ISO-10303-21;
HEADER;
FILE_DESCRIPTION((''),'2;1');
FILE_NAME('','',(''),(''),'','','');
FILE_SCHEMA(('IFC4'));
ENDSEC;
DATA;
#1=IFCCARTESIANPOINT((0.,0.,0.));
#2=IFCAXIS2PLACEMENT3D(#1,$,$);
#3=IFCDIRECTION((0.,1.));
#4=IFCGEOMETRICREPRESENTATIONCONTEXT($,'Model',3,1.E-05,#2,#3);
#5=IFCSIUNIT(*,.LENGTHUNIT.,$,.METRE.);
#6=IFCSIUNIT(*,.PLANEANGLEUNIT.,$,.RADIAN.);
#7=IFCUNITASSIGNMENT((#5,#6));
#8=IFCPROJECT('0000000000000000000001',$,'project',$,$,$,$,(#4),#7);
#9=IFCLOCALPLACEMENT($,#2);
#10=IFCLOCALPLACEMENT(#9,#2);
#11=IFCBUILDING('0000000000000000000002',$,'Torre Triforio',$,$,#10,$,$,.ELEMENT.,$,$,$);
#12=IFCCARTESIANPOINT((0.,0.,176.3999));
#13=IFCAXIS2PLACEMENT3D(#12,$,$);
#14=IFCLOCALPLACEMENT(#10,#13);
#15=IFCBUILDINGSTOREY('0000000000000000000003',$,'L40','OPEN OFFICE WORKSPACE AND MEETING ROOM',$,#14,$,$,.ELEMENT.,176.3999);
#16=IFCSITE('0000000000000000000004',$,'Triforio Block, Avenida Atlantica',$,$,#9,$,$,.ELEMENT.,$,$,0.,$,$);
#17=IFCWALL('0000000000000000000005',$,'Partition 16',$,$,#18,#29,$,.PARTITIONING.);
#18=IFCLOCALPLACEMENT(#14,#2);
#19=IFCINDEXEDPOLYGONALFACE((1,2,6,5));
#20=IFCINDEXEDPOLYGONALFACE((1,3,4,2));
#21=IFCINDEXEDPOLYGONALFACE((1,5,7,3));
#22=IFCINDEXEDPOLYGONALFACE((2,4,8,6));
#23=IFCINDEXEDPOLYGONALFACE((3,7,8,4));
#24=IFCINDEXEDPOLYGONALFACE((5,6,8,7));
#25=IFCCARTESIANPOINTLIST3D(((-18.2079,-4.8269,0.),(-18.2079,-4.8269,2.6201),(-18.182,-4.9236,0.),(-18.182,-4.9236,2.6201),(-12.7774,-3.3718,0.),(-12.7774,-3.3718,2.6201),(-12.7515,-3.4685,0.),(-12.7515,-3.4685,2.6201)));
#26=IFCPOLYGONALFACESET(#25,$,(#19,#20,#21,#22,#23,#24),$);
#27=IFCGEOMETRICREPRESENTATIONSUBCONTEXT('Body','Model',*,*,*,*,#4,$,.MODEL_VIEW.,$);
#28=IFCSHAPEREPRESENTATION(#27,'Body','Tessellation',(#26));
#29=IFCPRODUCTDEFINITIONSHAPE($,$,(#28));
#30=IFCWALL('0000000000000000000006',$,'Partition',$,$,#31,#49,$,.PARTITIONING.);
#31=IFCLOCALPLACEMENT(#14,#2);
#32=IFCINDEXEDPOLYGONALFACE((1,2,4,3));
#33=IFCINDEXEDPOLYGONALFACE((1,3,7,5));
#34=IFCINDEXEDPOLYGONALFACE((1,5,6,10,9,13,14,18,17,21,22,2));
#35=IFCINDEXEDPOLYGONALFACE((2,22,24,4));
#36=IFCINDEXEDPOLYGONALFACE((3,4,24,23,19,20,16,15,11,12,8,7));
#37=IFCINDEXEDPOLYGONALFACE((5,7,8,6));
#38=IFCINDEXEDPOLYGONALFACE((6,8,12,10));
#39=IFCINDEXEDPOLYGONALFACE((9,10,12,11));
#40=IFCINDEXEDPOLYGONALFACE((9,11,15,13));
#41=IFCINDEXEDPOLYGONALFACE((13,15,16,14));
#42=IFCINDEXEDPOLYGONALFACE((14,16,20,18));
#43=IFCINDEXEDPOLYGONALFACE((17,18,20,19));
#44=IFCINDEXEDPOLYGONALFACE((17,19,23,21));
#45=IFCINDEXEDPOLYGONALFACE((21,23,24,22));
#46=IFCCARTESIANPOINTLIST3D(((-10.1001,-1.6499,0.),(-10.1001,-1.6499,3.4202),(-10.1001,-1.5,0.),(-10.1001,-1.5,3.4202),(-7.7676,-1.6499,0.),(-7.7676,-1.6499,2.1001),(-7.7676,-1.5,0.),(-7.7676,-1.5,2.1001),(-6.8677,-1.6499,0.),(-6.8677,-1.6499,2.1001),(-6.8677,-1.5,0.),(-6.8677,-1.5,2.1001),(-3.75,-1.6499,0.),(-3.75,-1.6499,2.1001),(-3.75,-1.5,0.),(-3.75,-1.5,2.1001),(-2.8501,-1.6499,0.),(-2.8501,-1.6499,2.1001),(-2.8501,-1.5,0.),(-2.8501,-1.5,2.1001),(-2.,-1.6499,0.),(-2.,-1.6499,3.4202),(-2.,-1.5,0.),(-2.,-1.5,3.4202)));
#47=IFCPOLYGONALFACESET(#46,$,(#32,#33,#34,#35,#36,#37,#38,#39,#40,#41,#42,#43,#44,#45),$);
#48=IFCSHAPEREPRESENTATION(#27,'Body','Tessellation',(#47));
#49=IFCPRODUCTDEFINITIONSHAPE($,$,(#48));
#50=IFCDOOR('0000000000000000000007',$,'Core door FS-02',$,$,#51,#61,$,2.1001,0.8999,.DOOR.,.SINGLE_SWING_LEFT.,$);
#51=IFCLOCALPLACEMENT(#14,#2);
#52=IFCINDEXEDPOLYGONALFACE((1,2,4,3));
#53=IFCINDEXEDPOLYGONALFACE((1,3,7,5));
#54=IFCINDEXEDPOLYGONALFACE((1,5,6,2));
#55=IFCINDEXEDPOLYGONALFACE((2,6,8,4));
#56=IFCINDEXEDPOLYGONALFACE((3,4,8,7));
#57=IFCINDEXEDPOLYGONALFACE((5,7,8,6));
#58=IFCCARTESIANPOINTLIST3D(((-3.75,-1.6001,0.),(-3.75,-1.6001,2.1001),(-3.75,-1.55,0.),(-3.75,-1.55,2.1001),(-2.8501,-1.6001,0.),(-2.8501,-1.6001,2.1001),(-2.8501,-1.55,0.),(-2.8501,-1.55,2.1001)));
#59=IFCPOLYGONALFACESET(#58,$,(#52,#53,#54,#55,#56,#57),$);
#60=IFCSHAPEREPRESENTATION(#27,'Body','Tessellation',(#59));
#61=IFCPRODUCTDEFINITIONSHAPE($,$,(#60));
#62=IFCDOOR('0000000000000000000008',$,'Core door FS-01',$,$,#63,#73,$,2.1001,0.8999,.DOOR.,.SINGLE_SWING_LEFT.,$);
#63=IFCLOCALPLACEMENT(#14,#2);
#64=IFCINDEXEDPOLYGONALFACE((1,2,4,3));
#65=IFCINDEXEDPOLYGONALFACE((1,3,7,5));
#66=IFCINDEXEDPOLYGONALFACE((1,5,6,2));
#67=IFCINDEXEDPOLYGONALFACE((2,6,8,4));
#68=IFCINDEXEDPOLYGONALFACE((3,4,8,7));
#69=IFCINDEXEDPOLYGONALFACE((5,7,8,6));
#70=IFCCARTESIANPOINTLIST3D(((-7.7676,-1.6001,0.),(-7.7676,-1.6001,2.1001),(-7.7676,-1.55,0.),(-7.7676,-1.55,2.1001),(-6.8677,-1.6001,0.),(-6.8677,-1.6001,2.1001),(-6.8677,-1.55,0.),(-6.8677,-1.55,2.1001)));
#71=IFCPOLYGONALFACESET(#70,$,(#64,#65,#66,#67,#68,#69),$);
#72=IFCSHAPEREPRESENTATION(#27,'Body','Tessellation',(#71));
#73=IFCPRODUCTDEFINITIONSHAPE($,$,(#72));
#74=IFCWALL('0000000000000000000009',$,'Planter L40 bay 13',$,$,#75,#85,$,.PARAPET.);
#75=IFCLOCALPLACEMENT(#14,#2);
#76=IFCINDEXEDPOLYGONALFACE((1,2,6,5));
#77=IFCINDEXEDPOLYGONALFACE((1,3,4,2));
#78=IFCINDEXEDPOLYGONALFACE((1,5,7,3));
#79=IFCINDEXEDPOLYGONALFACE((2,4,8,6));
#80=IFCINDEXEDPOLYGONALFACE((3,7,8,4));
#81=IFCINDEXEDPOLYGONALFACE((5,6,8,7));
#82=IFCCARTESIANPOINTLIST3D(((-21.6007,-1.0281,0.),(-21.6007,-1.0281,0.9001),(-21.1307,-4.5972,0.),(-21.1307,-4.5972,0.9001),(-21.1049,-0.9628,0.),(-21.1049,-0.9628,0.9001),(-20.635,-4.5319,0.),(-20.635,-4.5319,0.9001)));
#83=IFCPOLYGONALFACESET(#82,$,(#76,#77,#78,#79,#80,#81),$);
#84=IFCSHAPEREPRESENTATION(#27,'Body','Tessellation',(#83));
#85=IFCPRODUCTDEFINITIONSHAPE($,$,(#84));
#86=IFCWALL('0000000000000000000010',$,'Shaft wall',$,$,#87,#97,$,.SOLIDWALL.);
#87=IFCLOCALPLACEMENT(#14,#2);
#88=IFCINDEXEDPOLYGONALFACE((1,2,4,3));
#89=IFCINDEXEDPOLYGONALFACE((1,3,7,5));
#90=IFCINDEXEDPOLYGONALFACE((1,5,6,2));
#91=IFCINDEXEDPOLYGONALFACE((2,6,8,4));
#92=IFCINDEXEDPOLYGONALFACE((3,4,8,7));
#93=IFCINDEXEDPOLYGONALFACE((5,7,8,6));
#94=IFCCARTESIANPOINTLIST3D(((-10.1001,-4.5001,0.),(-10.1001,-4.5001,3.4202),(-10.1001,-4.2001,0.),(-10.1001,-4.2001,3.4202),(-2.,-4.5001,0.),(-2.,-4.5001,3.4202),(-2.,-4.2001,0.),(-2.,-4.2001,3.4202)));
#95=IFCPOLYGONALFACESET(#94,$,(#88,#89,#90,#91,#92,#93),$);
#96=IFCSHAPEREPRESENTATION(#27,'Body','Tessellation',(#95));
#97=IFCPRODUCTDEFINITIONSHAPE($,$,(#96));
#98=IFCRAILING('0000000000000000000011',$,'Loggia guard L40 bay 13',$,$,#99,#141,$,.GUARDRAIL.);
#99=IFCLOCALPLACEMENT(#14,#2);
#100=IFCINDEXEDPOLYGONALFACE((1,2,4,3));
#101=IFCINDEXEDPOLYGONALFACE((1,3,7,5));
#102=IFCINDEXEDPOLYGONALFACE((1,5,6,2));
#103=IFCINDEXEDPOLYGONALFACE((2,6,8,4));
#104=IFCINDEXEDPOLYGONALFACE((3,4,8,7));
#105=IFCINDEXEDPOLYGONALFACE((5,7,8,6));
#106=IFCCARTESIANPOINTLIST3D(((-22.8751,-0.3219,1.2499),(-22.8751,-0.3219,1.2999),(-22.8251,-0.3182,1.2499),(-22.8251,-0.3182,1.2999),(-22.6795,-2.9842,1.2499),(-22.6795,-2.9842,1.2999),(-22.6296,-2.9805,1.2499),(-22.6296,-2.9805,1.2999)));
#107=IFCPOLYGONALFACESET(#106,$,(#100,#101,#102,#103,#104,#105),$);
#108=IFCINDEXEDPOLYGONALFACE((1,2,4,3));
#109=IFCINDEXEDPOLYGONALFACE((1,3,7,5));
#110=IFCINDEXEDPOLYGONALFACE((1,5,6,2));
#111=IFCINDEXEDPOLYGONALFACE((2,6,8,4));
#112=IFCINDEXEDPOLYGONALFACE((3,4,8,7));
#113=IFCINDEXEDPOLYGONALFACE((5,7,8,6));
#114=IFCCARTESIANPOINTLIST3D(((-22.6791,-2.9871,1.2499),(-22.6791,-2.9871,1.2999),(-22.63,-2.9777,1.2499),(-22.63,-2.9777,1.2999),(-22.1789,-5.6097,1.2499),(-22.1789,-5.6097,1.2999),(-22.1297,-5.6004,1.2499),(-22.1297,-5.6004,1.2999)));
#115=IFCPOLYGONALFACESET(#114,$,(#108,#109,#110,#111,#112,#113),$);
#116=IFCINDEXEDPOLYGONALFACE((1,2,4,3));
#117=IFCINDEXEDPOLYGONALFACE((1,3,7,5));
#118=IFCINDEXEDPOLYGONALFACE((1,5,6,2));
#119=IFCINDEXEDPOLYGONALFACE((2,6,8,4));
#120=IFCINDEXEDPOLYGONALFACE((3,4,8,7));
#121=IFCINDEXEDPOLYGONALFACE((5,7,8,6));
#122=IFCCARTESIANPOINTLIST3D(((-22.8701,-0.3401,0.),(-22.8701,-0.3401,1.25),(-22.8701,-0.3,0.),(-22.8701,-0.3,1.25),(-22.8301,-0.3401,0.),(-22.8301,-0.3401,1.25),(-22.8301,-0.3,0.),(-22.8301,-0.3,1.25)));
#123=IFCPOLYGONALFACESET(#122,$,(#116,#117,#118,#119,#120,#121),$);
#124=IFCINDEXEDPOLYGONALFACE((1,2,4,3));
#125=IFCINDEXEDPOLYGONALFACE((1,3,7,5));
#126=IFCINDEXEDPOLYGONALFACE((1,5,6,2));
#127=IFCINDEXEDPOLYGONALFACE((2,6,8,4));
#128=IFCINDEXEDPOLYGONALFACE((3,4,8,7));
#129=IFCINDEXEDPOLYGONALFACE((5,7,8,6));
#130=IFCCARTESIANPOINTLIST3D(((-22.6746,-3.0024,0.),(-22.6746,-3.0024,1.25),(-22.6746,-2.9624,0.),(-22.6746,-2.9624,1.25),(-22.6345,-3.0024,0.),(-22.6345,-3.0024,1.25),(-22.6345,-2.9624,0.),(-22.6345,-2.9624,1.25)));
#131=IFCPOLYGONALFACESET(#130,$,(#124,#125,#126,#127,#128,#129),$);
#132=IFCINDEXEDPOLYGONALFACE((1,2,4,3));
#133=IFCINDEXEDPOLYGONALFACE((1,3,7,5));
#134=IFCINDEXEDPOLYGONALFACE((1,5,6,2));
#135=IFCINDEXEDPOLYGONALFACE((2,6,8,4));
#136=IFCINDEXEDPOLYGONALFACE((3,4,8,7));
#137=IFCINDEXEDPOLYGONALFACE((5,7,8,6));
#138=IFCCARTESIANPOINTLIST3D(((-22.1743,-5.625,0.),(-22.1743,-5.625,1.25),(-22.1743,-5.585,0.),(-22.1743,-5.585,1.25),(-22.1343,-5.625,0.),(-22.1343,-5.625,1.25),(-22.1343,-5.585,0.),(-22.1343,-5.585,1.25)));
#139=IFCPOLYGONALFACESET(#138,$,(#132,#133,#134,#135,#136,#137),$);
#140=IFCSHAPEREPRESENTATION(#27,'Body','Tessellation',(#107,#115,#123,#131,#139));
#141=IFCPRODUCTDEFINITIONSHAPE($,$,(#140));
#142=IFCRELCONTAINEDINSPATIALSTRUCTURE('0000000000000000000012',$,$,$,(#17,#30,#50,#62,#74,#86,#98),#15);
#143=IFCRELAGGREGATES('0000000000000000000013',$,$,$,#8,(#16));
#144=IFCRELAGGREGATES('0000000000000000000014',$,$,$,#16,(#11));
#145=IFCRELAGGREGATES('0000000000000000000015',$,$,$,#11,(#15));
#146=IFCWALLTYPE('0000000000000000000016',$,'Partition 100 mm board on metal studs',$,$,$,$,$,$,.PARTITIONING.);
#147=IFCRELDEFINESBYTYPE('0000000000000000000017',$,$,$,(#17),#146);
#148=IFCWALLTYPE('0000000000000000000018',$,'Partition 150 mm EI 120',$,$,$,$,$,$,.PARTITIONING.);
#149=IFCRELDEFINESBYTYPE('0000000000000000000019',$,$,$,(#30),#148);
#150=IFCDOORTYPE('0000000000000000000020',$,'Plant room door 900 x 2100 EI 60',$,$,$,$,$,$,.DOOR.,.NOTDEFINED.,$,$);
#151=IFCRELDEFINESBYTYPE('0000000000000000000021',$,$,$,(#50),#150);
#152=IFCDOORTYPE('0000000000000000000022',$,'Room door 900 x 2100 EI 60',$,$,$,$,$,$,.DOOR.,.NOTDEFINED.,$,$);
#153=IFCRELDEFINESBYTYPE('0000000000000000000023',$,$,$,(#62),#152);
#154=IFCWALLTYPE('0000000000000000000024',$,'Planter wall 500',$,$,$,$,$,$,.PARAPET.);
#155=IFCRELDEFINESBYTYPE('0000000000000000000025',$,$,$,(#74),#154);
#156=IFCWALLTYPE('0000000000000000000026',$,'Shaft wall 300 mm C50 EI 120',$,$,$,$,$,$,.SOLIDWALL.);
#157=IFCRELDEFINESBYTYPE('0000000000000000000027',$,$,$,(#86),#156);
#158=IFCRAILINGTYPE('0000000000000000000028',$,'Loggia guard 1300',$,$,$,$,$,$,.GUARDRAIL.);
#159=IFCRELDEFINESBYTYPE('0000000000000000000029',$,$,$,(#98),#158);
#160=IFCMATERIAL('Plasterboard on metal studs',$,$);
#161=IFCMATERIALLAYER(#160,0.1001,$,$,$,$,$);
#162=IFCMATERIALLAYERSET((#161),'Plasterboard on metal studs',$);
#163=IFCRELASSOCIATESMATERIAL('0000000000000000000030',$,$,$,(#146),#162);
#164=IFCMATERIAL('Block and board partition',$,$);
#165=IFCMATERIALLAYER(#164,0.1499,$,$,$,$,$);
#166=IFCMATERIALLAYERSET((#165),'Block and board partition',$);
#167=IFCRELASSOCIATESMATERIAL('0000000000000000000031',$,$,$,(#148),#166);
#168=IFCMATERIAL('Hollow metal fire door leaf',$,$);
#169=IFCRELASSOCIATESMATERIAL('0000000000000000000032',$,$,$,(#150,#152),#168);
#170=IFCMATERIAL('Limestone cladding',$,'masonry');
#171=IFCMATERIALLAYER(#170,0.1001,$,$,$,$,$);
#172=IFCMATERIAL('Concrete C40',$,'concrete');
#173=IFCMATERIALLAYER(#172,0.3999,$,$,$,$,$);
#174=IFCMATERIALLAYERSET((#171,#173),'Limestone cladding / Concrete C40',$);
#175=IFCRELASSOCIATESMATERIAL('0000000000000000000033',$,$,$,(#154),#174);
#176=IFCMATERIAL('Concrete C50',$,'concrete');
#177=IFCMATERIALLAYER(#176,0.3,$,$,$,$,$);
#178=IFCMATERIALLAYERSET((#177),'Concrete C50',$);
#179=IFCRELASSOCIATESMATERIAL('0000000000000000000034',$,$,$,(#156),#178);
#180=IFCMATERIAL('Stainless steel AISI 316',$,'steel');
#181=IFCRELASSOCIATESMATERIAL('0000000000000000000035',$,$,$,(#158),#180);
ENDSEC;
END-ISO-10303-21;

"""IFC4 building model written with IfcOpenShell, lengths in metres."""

from ifc_helpers import new_model, si_unit, direction, frame, frame_2d, origin, origin_2d, place, context, subcontext, project, spatial, rectangle, extrude, material, layer, layer_set, type_object, element, fill, save


model = new_model("IFC4")

# Units and contexts
model_context = context("Model", 3, precision=1e-05, world=origin(), true_north=direction((0.0, 1.0)))
body_context = subcontext(model_context, "Body", "Model", "MODEL_VIEW")
ifc_project = project(units=[si_unit("LENGTHUNIT", "METRE"), si_unit("PLANEANGLEUNIT", "RADIAN")], contexts=[model_context])

# Site, building, storey
site_placement = place(None, origin())
site = spatial("IfcSite", under=ifc_project, at=site_placement, Name="Triforio Block, Avenida Atlantica", CompositionType="ELEMENT", RefElevation=0.0)
building_placement = place(site_placement, origin())
building = spatial("IfcBuilding", under=site, at=building_placement, Name="Torre Triforio", CompositionType="ELEMENT")
storey_placement = place(building_placement, frame((0.0, 0.0, 176.3999)))
storey = spatial("IfcBuildingStorey", under=building, at=storey_placement, Name="L40", Description="OPEN OFFICE WORKSPACE AND MEETING ROOM", CompositionType="ELEMENT", Elevation=176.3999)

# Shared definitions
ifc_material_1 = material(Name="Concrete C50", Category="concrete")

# Shared definitions
ifc_material_2 = material(Name="Concrete C40", Category="concrete")

# Shared definitions
ifc_material_3 = material(Name="Hollow metal fire door leaf")

# Shared definitions
ifc_material_4 = material(Name="Plasterboard on metal studs")

# Wall
ifc_layer_1 = layer(ifc_material_4, 0.1001)
ifc_layer_set_1 = layer_set([ifc_layer_1], Name="Plasterboard on metal studs")
wall_type_1 = type_object("IfcWallType", Name="Partition 100 mm board on metal studs", PredefinedType="PARTITIONING", material=ifc_layer_set_1)
wall_1_placement = place(storey_placement, frame((-12.7644, -3.4202, 0.0), z_axis=(0.0, 0.0, 1.0), x_axis=(-0.965926, -0.258819, 0.0)))
element("IfcWall", 1, at=wall_1_placement, inside=storey, type_object=wall_type_1, Name="Partition 16", PredefinedType="PARTITIONING", context=body_context, shape_type="SweptSolid", body=[
    extrude(rectangle(XDim=5.6221, YDim=0.1001, at=frame_2d((2.811, 0.0))), origin(), (0.0, 0.0, 1.0), 2.6201),
])

# Wall, openings, doors
ifc_material_5 = material(Name="Block and board partition")
ifc_layer_2 = layer(ifc_material_5, 0.1499)
ifc_layer_set_2 = layer_set([ifc_layer_2], Name="Block and board partition")
wall_type_2 = type_object("IfcWallType", Name="Partition 150 mm EI 120", PredefinedType="PARTITIONING", material=ifc_layer_set_2)
wall_2_placement = place(storey_placement, frame((-10.1001, -1.575, 0.0), z_axis=(0.0, 0.0, 1.0), x_axis=(1.0, 0.0, 0.0)))
wall_2 = element("IfcWall", 2, at=wall_2_placement, inside=storey, type_object=wall_type_2, Name="Partition", PredefinedType="PARTITIONING", context=body_context, shape_type="SweptSolid", body=[
    extrude(rectangle(XDim=8.1001, YDim=0.1499, at=frame_2d((4.05, 0.0))), origin(), (0.0, 0.0, 1.0), 3.4202),
])
opening_1_placement = place(wall_2_placement, frame((2.3325, 0.0, 0.0)))
opening_1 = element("IfcOpeningElement", 3, at=opening_1_placement, cuts=wall_2, PredefinedType="OPENING", context=body_context, shape_type="SweptSolid", body=[
    extrude(rectangle(XDim=0.8999, YDim=2.1001, at=frame_2d((0.45, 1.05))), frame((0.0, 0.085, 0.0), z_axis=(0.0, -1.0, 0.0), x_axis=(1.0, 0.0, 0.0)), (0.0, 0.0, 1.0), 0.1699),
])
opening_2_placement = place(wall_2_placement, frame((6.3501, 0.0, 0.0)))
opening_2 = element("IfcOpeningElement", 4, at=opening_2_placement, cuts=wall_2, PredefinedType="OPENING", context=body_context, shape_type="SweptSolid", body=[
    extrude(rectangle(XDim=0.8999, YDim=2.1001, at=frame_2d((0.45, 1.05))), frame((0.0, 0.085, 0.0), z_axis=(0.0, -1.0, 0.0), x_axis=(1.0, 0.0, 0.0)), (0.0, 0.0, 1.0), 0.1699),
])
door_type_1 = type_object("IfcDoorType", Name="Plant room door 900 x 2100 EI 60", OperationType="NOTDEFINED", PredefinedType="DOOR", material=ifc_material_3)
door_1_placement = place(opening_2_placement, origin())
door_1 = element("IfcDoor", 5, at=door_1_placement, inside=storey, type_object=door_type_1, Name="Core door FS-02", OperationType="SINGLE_SWING_LEFT", OverallHeight=2.1001, OverallWidth=0.8999, PredefinedType="DOOR", context=body_context, shape_type="SweptSolid", body=[
    extrude(rectangle(XDim=0.8999, YDim=2.1001, at=frame_2d((0.45, 1.05))), frame((0.0, 0.0249, 0.0), z_axis=(0.0, -1.0, 0.0), x_axis=(1.0, 0.0, 0.0)), (0.0, 0.0, 1.0), 0.05),
])
fill(opening_2, door_1)
door_type_2 = type_object("IfcDoorType", Name="Room door 900 x 2100 EI 60", OperationType="NOTDEFINED", PredefinedType="DOOR", material=ifc_material_3)
door_2_placement = place(opening_1_placement, origin())
door_2 = element("IfcDoor", 6, at=door_2_placement, inside=storey, type_object=door_type_2, Name="Core door FS-01", OperationType="SINGLE_SWING_LEFT", OverallHeight=2.1001, OverallWidth=0.8999, PredefinedType="DOOR", context=body_context, shape_type="SweptSolid", body=[
    extrude(rectangle(XDim=0.8999, YDim=2.1001, at=frame_2d((0.45, 1.05))), frame((0.0, 0.0249, 0.0), z_axis=(0.0, -1.0, 0.0), x_axis=(1.0, 0.0, 0.0)), (0.0, 0.0, 1.0), 0.05),
])
fill(opening_1, door_2)

# Walls
ifc_material_6 = material(Name="Limestone cladding", Category="masonry")
ifc_layer_3 = layer(ifc_material_6, 0.1001)
ifc_layer_4 = layer(ifc_material_2, 0.3999)
ifc_layer_set_3 = layer_set([ifc_layer_3, ifc_layer_4], Name="Limestone cladding / Concrete C40")
wall_type_3 = type_object("IfcWallType", Name="Planter wall 500", PredefinedType="PARAPET", material=ifc_layer_set_3)
wall_3_placement = place(storey_placement, frame((-21.3528, -0.9956, 0.0), z_axis=(0.0, 0.0, 1.0), x_axis=(0.130551, -0.991442, 0.0)))
element("IfcWall", 7, at=wall_3_placement, inside=storey, type_object=wall_type_3, Name="Planter L40 bay 13", PredefinedType="PARAPET", context=body_context, shape_type="SweptSolid", body=[
    extrude(rectangle(XDim=3.5999, YDim=0.5, at=frame_2d((1.7998, 0.0))), origin(), (0.0, 0.0, 1.0), 0.9001),
])
ifc_layer_5 = layer(ifc_material_1, 0.3)
ifc_layer_set_4 = layer_set([ifc_layer_5], Name="Concrete C50")
wall_type_4 = type_object("IfcWallType", Name="Shaft wall 300 mm C50 EI 120", PredefinedType="SOLIDWALL", material=ifc_layer_set_4)
wall_4_placement = place(storey_placement, frame((-10.1001, -4.3501, 0.0), z_axis=(0.0, 0.0, 1.0), x_axis=(1.0, 0.0, 0.0)))
element("IfcWall", 8, at=wall_4_placement, inside=storey, type_object=wall_type_4, Name="Shaft wall", PredefinedType="SOLIDWALL", context=body_context, shape_type="SweptSolid", body=[
    extrude(rectangle(XDim=8.1001, YDim=0.3, at=frame_2d((4.05, 0.0))), origin(), (0.0, 0.0, 1.0), 3.4202),
])

# Railing
ifc_material_7 = material(Name="Stainless steel AISI 316", Category="steel")
railing_type = type_object("IfcRailingType", Name="Loggia guard 1300", PredefinedType="GUARDRAIL", material=ifc_material_7)
railing_placement = place(storey_placement, frame((-22.8501, -0.3201, 0.0)))
element("IfcRailing", 9, at=railing_placement, inside=storey, type_object=railing_type, Name="Loggia guard L40 bay 13", PredefinedType="GUARDRAIL", context=body_context, shape_type="SweptSolid", body=[
    extrude(rectangle(XDim=0.05, YDim=0.05, at=origin_2d()), frame((0.0, 0.0, 1.2749), z_axis=(0.073255, -0.997313, 0.0), x_axis=(0.997313, 0.073255, 0.0)), (0.0, 0.0, 1.0), 2.6694),
    extrude(rectangle(XDim=0.05, YDim=0.05, at=origin_2d()), frame((0.1956, -2.6624, 1.2749), z_axis=(0.187368, -0.98229, 0.0), x_axis=(0.98229, 0.187368, 0.0)), (0.0, 0.0, 1.0), 2.6699),
    extrude(rectangle(XDim=0.04, YDim=0.04, at=origin_2d()), origin(), (0.0, 0.0, 1.0), 1.25),
    extrude(rectangle(XDim=0.04, YDim=0.04, at=origin_2d()), frame((0.1956, -2.6624, 0.0)), (0.0, 0.0, 1.0), 1.25),
    extrude(rectangle(XDim=0.04, YDim=0.04, at=origin_2d()), frame((0.6958, -5.2849, 0.0)), (0.0, 0.0, 1.0), 1.25),
])

save(model, "model.ifc")
